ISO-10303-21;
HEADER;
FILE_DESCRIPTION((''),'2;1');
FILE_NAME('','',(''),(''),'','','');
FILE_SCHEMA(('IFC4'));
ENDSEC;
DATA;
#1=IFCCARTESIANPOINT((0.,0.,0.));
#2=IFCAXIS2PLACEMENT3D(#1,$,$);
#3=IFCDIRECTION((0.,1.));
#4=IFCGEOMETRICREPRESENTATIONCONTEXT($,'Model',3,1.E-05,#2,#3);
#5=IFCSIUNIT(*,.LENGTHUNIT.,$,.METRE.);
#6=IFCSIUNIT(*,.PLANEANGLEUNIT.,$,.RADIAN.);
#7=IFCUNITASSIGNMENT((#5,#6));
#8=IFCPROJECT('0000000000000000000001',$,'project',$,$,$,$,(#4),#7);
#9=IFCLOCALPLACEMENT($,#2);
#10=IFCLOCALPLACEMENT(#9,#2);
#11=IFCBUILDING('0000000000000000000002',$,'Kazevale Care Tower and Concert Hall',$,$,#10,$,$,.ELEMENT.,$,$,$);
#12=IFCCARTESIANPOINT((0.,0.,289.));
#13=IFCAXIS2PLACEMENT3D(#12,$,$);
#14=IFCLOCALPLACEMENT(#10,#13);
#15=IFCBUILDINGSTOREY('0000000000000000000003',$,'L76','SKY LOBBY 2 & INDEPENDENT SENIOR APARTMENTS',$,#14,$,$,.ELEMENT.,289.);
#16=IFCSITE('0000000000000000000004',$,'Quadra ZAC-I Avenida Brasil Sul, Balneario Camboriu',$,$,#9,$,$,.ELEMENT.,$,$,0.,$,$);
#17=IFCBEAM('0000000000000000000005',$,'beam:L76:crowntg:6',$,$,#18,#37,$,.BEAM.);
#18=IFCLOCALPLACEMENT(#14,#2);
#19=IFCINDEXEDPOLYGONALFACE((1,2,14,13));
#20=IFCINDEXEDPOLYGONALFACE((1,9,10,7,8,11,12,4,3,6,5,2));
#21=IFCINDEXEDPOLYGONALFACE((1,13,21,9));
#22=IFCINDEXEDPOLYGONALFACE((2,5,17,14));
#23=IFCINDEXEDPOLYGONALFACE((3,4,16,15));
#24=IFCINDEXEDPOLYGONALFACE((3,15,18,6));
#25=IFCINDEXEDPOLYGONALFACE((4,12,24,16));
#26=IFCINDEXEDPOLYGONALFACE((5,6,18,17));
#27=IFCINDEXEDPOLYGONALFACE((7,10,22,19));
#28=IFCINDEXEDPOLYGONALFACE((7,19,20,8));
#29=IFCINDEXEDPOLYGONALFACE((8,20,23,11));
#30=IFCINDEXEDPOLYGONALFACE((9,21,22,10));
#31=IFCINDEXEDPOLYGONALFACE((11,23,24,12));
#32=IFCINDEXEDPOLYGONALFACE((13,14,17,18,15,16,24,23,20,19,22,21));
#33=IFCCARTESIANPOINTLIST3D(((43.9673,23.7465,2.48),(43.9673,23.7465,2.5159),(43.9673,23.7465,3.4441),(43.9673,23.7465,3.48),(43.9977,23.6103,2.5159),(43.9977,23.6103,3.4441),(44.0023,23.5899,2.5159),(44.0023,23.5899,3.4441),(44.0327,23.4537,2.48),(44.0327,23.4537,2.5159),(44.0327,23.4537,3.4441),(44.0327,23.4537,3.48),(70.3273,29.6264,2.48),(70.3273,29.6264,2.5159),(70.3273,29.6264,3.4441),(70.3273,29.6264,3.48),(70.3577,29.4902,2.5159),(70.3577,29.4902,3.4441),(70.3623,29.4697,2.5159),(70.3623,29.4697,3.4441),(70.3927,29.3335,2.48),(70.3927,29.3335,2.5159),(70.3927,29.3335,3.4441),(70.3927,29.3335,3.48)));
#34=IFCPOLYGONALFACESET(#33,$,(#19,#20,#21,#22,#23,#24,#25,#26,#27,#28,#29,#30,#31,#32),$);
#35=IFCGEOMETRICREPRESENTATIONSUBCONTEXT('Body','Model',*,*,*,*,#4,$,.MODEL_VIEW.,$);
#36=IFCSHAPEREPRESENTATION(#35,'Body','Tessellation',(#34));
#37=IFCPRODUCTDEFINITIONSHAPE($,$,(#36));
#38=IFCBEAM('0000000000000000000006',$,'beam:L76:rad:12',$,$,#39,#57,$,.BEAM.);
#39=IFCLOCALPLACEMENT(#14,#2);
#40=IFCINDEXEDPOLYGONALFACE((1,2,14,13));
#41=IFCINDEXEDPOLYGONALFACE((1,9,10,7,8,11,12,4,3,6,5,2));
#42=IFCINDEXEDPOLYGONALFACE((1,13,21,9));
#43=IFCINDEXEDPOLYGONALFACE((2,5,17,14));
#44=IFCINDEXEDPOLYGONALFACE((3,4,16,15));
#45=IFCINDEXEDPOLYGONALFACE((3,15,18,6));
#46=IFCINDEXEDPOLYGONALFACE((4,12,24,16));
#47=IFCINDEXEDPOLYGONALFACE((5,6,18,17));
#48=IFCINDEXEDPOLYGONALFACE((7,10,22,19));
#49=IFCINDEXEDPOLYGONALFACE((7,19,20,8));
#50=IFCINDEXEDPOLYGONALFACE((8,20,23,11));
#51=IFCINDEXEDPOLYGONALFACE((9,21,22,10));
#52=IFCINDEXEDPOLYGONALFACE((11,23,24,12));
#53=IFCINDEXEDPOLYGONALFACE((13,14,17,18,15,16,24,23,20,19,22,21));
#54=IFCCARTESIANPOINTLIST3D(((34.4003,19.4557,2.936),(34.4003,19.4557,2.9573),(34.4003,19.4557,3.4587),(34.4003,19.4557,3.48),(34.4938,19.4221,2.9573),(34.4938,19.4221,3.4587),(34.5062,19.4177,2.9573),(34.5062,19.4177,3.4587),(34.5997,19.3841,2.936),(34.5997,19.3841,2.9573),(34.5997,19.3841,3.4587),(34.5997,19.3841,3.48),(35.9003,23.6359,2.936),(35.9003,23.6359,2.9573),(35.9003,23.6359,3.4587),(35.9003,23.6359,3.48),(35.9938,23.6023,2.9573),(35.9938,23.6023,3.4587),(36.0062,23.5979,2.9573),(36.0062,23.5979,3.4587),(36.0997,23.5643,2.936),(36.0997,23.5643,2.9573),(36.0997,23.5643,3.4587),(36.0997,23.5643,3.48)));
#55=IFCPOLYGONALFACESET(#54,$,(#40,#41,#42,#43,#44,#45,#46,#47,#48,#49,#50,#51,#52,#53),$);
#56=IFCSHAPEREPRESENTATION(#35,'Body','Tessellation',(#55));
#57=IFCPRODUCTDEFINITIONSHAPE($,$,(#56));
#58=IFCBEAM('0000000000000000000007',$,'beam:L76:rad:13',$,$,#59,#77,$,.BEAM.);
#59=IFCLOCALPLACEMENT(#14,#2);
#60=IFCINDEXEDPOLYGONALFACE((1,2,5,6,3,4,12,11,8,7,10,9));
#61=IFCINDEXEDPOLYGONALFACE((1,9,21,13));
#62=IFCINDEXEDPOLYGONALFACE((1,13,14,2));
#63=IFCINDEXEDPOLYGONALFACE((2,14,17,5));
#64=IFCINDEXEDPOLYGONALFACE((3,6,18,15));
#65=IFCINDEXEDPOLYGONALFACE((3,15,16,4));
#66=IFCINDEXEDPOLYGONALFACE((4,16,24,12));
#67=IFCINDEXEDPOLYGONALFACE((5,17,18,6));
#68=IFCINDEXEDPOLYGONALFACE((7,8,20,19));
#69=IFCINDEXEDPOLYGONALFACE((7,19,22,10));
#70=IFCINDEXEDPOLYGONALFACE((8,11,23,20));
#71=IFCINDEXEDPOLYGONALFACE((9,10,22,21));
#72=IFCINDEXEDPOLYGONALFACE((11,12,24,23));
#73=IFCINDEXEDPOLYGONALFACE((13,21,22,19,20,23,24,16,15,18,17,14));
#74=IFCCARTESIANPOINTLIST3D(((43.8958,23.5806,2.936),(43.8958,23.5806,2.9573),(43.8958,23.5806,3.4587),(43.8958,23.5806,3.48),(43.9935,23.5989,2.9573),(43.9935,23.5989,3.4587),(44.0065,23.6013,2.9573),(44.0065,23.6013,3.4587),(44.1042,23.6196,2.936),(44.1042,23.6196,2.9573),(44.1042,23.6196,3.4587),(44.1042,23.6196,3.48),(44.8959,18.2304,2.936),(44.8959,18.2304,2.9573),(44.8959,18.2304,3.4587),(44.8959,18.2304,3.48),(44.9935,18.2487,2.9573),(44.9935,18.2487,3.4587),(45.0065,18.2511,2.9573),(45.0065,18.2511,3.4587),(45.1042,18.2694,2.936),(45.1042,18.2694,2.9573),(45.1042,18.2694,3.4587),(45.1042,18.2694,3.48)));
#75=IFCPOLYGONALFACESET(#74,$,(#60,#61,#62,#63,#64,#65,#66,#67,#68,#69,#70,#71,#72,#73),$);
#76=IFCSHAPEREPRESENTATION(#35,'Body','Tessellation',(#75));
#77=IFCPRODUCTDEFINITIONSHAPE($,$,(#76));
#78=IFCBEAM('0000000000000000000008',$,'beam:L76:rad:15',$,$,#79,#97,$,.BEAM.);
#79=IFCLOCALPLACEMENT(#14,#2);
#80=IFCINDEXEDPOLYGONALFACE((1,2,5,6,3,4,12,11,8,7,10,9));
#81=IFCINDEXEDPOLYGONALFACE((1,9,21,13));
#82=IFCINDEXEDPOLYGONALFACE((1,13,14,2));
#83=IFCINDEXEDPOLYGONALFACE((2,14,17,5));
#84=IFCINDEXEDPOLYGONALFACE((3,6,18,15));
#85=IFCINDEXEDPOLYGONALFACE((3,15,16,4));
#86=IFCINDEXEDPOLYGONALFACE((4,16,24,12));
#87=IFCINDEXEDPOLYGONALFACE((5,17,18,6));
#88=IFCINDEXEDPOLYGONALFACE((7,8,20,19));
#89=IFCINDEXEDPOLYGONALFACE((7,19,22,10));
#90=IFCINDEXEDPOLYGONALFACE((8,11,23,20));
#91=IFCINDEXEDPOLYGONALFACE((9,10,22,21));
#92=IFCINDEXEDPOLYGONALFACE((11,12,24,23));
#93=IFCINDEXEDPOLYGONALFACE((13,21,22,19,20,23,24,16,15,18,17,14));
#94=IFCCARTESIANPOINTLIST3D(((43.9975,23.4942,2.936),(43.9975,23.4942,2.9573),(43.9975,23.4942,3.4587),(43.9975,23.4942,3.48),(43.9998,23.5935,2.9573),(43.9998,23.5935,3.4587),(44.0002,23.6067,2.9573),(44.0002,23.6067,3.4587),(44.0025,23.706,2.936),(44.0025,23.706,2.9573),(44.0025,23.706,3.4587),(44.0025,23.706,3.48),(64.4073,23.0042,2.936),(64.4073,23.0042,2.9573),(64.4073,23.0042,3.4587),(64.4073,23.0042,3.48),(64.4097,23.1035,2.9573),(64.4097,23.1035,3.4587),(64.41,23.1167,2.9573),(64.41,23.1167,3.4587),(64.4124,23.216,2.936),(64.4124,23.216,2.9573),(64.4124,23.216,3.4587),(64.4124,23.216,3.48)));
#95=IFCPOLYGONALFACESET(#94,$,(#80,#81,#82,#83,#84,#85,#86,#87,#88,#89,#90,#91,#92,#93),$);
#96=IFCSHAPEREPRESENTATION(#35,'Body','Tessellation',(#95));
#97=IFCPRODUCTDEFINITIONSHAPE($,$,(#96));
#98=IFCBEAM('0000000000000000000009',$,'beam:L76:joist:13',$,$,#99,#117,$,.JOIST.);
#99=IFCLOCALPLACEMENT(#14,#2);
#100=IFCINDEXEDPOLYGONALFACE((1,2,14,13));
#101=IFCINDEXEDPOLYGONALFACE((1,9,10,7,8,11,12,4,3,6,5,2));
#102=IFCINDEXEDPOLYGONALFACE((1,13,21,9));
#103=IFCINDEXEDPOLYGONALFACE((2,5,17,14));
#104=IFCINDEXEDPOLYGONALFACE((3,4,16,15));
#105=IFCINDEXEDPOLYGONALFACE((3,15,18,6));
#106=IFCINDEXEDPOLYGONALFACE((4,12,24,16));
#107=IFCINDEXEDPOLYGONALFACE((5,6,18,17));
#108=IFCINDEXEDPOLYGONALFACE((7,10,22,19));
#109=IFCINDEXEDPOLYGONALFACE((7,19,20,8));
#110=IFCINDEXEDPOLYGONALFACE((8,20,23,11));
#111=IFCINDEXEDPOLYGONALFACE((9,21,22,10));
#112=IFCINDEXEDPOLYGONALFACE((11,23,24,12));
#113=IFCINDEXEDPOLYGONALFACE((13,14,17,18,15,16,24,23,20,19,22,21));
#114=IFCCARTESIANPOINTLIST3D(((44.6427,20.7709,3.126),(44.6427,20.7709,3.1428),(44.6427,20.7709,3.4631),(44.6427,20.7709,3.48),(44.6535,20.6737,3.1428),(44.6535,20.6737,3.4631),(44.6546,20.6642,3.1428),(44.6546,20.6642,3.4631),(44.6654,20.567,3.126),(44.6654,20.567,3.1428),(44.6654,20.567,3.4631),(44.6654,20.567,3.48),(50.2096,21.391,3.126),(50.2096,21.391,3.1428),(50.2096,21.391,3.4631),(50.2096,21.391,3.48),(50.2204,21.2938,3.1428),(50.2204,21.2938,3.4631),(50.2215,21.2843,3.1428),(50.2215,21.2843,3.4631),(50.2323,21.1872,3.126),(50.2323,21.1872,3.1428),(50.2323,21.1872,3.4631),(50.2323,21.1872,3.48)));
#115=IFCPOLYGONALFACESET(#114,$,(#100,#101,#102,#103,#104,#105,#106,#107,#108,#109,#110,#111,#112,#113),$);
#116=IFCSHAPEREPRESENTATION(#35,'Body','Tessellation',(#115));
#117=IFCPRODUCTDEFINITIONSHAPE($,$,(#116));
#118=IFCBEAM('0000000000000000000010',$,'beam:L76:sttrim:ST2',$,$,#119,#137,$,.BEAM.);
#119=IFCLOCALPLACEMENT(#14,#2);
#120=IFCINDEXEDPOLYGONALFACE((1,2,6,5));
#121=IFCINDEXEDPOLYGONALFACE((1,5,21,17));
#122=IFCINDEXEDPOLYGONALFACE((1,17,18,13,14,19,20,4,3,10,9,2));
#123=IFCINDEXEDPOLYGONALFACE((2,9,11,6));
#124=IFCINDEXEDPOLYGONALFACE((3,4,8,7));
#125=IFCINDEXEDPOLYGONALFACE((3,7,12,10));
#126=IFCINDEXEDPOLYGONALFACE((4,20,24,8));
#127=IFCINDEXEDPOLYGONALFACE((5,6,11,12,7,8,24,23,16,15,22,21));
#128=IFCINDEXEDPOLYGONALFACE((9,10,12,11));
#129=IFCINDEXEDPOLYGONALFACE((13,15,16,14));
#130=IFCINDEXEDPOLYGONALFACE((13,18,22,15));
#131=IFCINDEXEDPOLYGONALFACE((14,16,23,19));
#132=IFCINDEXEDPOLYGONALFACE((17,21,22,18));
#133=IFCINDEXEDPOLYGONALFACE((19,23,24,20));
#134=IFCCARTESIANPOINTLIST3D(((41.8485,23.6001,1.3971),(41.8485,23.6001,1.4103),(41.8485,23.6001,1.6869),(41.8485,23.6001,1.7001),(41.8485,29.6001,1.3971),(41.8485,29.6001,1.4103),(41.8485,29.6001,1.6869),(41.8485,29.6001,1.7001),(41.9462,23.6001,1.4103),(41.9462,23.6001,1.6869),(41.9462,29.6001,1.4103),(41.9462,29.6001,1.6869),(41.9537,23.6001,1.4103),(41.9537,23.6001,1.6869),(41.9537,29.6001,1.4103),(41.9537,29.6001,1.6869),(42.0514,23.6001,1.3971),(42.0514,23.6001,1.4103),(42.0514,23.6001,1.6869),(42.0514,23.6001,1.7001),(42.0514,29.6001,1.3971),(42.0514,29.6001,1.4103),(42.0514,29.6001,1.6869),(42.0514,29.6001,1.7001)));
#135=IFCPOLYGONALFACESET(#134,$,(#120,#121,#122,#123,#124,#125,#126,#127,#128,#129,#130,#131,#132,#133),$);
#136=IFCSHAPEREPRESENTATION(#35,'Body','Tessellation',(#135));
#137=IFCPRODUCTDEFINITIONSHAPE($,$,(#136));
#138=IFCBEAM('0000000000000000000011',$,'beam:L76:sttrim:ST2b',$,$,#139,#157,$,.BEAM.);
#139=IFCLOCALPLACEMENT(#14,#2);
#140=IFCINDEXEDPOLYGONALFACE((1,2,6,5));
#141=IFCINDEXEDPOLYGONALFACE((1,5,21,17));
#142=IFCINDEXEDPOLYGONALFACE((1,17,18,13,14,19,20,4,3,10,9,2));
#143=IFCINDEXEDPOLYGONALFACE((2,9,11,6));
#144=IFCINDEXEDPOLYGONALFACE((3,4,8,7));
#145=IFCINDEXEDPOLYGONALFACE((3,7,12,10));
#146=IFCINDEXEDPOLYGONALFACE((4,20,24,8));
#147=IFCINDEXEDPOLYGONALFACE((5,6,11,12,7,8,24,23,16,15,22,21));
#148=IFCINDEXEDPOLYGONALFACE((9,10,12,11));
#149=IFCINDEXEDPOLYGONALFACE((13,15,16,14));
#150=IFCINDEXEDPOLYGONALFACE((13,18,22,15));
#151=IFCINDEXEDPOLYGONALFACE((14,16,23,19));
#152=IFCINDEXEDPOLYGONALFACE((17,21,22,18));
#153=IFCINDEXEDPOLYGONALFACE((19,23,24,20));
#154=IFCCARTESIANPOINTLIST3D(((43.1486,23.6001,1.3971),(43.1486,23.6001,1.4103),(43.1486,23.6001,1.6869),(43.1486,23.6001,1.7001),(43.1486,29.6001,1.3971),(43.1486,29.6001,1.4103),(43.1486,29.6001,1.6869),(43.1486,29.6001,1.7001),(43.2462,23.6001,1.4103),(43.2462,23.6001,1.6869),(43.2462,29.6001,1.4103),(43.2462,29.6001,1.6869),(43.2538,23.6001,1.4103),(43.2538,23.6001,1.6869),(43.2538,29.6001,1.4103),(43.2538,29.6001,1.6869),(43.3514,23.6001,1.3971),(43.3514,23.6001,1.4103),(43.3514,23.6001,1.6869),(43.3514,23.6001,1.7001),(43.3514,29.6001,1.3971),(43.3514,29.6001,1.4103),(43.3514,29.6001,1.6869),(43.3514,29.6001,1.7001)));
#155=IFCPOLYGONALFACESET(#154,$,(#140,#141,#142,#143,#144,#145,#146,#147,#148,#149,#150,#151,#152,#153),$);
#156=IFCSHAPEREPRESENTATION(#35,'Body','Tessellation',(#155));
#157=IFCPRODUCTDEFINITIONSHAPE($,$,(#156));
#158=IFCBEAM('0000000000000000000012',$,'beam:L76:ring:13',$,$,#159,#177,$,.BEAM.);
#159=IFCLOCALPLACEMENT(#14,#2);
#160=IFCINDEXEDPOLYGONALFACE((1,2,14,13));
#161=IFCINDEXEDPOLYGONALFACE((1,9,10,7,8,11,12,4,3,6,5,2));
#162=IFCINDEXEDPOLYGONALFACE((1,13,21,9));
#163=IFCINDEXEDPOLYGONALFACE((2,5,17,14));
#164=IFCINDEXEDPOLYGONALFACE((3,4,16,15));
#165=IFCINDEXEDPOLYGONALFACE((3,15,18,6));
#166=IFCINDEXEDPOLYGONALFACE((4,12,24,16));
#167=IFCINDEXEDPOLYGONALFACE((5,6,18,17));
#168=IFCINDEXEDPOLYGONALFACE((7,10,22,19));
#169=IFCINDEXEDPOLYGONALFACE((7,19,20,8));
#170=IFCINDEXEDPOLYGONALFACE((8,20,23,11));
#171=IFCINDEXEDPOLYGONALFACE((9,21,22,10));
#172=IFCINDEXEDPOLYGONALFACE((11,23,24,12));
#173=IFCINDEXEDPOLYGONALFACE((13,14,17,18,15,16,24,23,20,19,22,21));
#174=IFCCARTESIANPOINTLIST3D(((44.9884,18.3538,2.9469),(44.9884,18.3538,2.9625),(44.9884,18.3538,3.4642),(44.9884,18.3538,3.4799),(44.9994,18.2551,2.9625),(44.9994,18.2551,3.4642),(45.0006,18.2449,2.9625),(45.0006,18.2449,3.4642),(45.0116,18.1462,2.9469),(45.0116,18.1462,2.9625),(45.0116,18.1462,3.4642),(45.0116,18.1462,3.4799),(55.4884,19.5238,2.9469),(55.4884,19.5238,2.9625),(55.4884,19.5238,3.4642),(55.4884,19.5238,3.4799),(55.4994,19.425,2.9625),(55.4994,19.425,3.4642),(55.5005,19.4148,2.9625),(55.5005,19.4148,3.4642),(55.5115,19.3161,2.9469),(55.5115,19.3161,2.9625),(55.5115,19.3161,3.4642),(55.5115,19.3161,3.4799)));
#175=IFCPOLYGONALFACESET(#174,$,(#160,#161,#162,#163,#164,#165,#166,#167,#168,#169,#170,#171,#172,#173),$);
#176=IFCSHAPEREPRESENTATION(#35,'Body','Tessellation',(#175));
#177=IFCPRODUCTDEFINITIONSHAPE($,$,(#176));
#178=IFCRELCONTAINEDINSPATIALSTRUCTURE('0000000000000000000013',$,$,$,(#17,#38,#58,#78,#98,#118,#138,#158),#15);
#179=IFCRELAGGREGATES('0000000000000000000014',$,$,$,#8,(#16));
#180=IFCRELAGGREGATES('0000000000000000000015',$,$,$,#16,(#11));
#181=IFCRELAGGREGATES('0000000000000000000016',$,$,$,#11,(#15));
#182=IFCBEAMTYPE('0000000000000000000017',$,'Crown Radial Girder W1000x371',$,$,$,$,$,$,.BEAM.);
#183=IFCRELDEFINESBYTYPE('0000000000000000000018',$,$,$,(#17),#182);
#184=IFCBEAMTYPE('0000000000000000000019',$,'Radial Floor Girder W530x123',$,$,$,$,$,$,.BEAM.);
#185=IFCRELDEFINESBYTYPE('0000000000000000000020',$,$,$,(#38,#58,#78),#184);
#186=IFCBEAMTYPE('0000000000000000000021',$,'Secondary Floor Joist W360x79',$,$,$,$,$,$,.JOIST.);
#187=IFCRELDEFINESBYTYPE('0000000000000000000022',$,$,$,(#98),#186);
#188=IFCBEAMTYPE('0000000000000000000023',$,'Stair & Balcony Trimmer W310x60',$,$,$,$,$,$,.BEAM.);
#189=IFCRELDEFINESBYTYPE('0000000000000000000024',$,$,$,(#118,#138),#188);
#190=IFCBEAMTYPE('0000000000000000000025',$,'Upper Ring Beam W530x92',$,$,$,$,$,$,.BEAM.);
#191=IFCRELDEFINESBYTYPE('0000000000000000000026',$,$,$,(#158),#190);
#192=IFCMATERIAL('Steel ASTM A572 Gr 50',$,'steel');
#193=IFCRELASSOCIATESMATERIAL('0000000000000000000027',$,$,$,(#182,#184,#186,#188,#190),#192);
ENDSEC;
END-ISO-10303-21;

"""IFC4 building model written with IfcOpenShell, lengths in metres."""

from ifc_helpers import new_model, si_unit, direction, frame, origin, origin_2d, place, context, subcontext, project, spatial, i_section, extrude, material, material_profile, profile_set, type_object, element, save


model = new_model("IFC4")

# Units and contexts
model_context = context("Model", 3, precision=1e-05, world=origin(), true_north=direction((0.0, 1.0)))
body_context = subcontext(model_context, "Body", "Model", "MODEL_VIEW")
ifc_project = project(units=[si_unit("LENGTHUNIT", "METRE"), si_unit("PLANEANGLEUNIT", "RADIAN")], contexts=[model_context])

# Site, building, storey
site_placement = place(None, origin())
site = spatial("IfcSite", under=ifc_project, at=site_placement, Name="Quadra ZAC-I Avenida Brasil Sul, Balneario Camboriu", CompositionType="ELEMENT", RefElevation=0.0)
building_placement = place(site_placement, origin())
building = spatial("IfcBuilding", under=site, at=building_placement, Name="Kazevale Care Tower and Concert Hall", CompositionType="ELEMENT")
storey_placement = place(building_placement, frame((0.0, 0.0, 289.0)))
storey = spatial("IfcBuildingStorey", under=building, at=storey_placement, Name="L76", Description="SKY LOBBY 2 & INDEPENDENT SENIOR APARTMENTS", CompositionType="ELEMENT", Elevation=289.0)

# Beams
ifc_material_1 = material(Name="Steel ASTM A572 Gr 50", Category="steel")
ifc_material_profile_1 = material_profile(ifc_material_1, i_section(OverallWidth=0.3, OverallDepth=1.0, WebThickness=0.021, FlangeThickness=0.0359, at=origin_2d()), Name="W1000x371")
ifc_profile_set_1 = profile_set([ifc_material_profile_1], Name="Steel ASTM A572 Gr 50")
beam_type_1 = type_object("IfcBeamType", Name="Crown Radial Girder W1000x371", PredefinedType="BEAM", material=ifc_profile_set_1)
beam_1_placement = place(storey_placement, frame((44.0, 23.6001, 2.98), z_axis=(0.976014, 0.217709, 0.0), x_axis=(-0.217709, 0.976014, 0.0)))
element("IfcBeam", 1, at=beam_1_placement, inside=storey, type_object=beam_type_1, Name="beam:L76:crowntg:6", PredefinedType="BEAM", context=body_context, shape_type="SweptSolid", body=[
    extrude(i_section(OverallWidth=0.3, OverallDepth=1.0, WebThickness=0.021, FlangeThickness=0.0359, at=origin_2d()), origin(), (0.0, 0.0, 1.0), 27.0078),
])
ifc_material_profile_2 = material_profile(ifc_material_1, i_section(OverallWidth=0.2119, OverallDepth=0.5439, WebThickness=0.0132, FlangeThickness=0.0212, at=origin_2d()), Name="W530x123")
ifc_profile_set_2 = profile_set([ifc_material_profile_2], Name="Steel ASTM A572 Gr 50")
beam_type_2 = type_object("IfcBeamType", Name="Radial Floor Girder W530x123", PredefinedType="BEAM", material=ifc_profile_set_2)
beam_2_placement = place(storey_placement, frame((36.0, 23.6001, 3.208), z_axis=(-0.33775, -0.941236, 0.0), x_axis=(0.941236, -0.33775, 0.0)))
element("IfcBeam", 2, at=beam_2_placement, inside=storey, type_object=beam_type_2, Name="beam:L76:rad:12", PredefinedType="BEAM", context=body_context, shape_type="SweptSolid", body=[
    extrude(i_section(OverallWidth=0.2119, OverallDepth=0.5439, WebThickness=0.0132, FlangeThickness=0.0212, at=origin_2d()), origin(), (0.0, 0.0, 1.0), 4.4412),
])
beam_3_placement = place(storey_placement, frame((44.0, 23.6001, 3.208), z_axis=(0.183731, -0.982977, 0.0), x_axis=(0.982977, 0.183731, 0.0)))
element("IfcBeam", 3, at=beam_3_placement, inside=storey, type_object=beam_type_2, Name="beam:L76:rad:13", PredefinedType="BEAM", context=body_context, shape_type="SweptSolid", body=[
    extrude(i_section(OverallWidth=0.2119, OverallDepth=0.5439, WebThickness=0.0132, FlangeThickness=0.0212, at=origin_2d()), origin(), (0.0, 0.0, 1.0), 5.4429),
])
beam_4_placement = place(storey_placement, frame((44.0, 23.6001, 3.208), z_axis=(0.999712, -0.024001, 0.0), x_axis=(0.024001, 0.999712, 0.0)))
element("IfcBeam", 4, at=beam_4_placement, inside=storey, type_object=beam_type_2, Name="beam:L76:rad:15", PredefinedType="BEAM", context=body_context, shape_type="SweptSolid", body=[
    extrude(i_section(OverallWidth=0.2119, OverallDepth=0.5439, WebThickness=0.0132, FlangeThickness=0.0212, at=origin_2d()), origin(), (0.0, 0.0, 1.0), 20.4158),
])
ifc_material_profile_3 = material_profile(ifc_material_1, i_section(OverallWidth=0.2051, OverallDepth=0.354, WebThickness=0.0095, FlangeThickness=0.0168, at=origin_2d()), Name="W360x79")
ifc_profile_set_3 = profile_set([ifc_material_profile_3], Name="Steel ASTM A572 Gr 50")
beam_type_3 = type_object("IfcBeamType", Name="Secondary Floor Joist W360x79", PredefinedType="JOIST", material=ifc_profile_set_3)
beam_5_placement = place(storey_placement, frame((44.6541, 20.6689, 3.303), z_axis=(0.993853, 0.110709, 0.0), x_axis=(-0.110709, 0.993853, 0.0)))
element("IfcBeam", 5, at=beam_5_placement, inside=storey, type_object=beam_type_3, Name="beam:L76:joist:13", PredefinedType="JOIST", context=body_context, shape_type="SweptSolid", body=[
    extrude(i_section(OverallWidth=0.2051, OverallDepth=0.354, WebThickness=0.0095, FlangeThickness=0.0168, at=origin_2d()), origin(), (0.0, 0.0, 1.0), 5.6013),
])
ifc_material_profile_4 = material_profile(ifc_material_1, i_section(OverallWidth=0.2029, OverallDepth=0.303, WebThickness=0.0076, FlangeThickness=0.0132, at=origin_2d()), Name="W310x60")
ifc_profile_set_4 = profile_set([ifc_material_profile_4], Name="Steel ASTM A572 Gr 50")
beam_type_4 = type_object("IfcBeamType", Name="Stair & Balcony Trimmer W310x60", PredefinedType="BEAM", material=ifc_profile_set_4)
for number, where, z_axis, x_axis, name in (
    (6, (41.95, 23.6001, 1.5486), (0.0, 1.0, 0.0), (-1.0, 0.0, 0.0), "beam:L76:sttrim:ST2"),
    (7, (43.25, 23.6001, 1.5486), (0.0, 1.0, 0.0), (-1.0, 0.0, 0.0), "beam:L76:sttrim:ST2b"),
):
    element("IfcBeam", number, at=place(storey_placement, frame(where, z_axis=z_axis, x_axis=x_axis)), inside=storey, type_object=beam_type_4, Name=name, PredefinedType="BEAM", context=body_context, shape_type="SweptSolid", body=[
        extrude(i_section(OverallWidth=0.2029, OverallDepth=0.303, WebThickness=0.0076, FlangeThickness=0.0132, at=origin_2d()), origin(), (0.0, 0.0, 1.0), 6.0),
    ])
ifc_material_profile_5 = material_profile(ifc_material_1, i_section(OverallWidth=0.209, OverallDepth=0.533, WebThickness=0.0103, FlangeThickness=0.0156, at=origin_2d()), Name="W530x92")
ifc_profile_set_5 = profile_set([ifc_material_profile_5], Name="Steel ASTM A572 Gr 50")
beam_type_5 = type_object("IfcBeamType", Name="Upper Ring Beam W530x92", PredefinedType="BEAM", material=ifc_profile_set_5)
beam_6_placement = place(storey_placement, frame((45.0, 18.25, 3.2134), z_axis=(0.99385, 0.110736, 0.0), x_axis=(-0.110736, 0.99385, 0.0)))
element("IfcBeam", 8, at=beam_6_placement, inside=storey, type_object=beam_type_5, Name="beam:L76:ring:13", PredefinedType="BEAM", context=body_context, shape_type="SweptSolid", body=[
    extrude(i_section(OverallWidth=0.209, OverallDepth=0.533, WebThickness=0.0103, FlangeThickness=0.0156, at=origin_2d()), origin(), (0.0, 0.0, 1.0), 10.5649),
])

save(model, "model.ifc")
